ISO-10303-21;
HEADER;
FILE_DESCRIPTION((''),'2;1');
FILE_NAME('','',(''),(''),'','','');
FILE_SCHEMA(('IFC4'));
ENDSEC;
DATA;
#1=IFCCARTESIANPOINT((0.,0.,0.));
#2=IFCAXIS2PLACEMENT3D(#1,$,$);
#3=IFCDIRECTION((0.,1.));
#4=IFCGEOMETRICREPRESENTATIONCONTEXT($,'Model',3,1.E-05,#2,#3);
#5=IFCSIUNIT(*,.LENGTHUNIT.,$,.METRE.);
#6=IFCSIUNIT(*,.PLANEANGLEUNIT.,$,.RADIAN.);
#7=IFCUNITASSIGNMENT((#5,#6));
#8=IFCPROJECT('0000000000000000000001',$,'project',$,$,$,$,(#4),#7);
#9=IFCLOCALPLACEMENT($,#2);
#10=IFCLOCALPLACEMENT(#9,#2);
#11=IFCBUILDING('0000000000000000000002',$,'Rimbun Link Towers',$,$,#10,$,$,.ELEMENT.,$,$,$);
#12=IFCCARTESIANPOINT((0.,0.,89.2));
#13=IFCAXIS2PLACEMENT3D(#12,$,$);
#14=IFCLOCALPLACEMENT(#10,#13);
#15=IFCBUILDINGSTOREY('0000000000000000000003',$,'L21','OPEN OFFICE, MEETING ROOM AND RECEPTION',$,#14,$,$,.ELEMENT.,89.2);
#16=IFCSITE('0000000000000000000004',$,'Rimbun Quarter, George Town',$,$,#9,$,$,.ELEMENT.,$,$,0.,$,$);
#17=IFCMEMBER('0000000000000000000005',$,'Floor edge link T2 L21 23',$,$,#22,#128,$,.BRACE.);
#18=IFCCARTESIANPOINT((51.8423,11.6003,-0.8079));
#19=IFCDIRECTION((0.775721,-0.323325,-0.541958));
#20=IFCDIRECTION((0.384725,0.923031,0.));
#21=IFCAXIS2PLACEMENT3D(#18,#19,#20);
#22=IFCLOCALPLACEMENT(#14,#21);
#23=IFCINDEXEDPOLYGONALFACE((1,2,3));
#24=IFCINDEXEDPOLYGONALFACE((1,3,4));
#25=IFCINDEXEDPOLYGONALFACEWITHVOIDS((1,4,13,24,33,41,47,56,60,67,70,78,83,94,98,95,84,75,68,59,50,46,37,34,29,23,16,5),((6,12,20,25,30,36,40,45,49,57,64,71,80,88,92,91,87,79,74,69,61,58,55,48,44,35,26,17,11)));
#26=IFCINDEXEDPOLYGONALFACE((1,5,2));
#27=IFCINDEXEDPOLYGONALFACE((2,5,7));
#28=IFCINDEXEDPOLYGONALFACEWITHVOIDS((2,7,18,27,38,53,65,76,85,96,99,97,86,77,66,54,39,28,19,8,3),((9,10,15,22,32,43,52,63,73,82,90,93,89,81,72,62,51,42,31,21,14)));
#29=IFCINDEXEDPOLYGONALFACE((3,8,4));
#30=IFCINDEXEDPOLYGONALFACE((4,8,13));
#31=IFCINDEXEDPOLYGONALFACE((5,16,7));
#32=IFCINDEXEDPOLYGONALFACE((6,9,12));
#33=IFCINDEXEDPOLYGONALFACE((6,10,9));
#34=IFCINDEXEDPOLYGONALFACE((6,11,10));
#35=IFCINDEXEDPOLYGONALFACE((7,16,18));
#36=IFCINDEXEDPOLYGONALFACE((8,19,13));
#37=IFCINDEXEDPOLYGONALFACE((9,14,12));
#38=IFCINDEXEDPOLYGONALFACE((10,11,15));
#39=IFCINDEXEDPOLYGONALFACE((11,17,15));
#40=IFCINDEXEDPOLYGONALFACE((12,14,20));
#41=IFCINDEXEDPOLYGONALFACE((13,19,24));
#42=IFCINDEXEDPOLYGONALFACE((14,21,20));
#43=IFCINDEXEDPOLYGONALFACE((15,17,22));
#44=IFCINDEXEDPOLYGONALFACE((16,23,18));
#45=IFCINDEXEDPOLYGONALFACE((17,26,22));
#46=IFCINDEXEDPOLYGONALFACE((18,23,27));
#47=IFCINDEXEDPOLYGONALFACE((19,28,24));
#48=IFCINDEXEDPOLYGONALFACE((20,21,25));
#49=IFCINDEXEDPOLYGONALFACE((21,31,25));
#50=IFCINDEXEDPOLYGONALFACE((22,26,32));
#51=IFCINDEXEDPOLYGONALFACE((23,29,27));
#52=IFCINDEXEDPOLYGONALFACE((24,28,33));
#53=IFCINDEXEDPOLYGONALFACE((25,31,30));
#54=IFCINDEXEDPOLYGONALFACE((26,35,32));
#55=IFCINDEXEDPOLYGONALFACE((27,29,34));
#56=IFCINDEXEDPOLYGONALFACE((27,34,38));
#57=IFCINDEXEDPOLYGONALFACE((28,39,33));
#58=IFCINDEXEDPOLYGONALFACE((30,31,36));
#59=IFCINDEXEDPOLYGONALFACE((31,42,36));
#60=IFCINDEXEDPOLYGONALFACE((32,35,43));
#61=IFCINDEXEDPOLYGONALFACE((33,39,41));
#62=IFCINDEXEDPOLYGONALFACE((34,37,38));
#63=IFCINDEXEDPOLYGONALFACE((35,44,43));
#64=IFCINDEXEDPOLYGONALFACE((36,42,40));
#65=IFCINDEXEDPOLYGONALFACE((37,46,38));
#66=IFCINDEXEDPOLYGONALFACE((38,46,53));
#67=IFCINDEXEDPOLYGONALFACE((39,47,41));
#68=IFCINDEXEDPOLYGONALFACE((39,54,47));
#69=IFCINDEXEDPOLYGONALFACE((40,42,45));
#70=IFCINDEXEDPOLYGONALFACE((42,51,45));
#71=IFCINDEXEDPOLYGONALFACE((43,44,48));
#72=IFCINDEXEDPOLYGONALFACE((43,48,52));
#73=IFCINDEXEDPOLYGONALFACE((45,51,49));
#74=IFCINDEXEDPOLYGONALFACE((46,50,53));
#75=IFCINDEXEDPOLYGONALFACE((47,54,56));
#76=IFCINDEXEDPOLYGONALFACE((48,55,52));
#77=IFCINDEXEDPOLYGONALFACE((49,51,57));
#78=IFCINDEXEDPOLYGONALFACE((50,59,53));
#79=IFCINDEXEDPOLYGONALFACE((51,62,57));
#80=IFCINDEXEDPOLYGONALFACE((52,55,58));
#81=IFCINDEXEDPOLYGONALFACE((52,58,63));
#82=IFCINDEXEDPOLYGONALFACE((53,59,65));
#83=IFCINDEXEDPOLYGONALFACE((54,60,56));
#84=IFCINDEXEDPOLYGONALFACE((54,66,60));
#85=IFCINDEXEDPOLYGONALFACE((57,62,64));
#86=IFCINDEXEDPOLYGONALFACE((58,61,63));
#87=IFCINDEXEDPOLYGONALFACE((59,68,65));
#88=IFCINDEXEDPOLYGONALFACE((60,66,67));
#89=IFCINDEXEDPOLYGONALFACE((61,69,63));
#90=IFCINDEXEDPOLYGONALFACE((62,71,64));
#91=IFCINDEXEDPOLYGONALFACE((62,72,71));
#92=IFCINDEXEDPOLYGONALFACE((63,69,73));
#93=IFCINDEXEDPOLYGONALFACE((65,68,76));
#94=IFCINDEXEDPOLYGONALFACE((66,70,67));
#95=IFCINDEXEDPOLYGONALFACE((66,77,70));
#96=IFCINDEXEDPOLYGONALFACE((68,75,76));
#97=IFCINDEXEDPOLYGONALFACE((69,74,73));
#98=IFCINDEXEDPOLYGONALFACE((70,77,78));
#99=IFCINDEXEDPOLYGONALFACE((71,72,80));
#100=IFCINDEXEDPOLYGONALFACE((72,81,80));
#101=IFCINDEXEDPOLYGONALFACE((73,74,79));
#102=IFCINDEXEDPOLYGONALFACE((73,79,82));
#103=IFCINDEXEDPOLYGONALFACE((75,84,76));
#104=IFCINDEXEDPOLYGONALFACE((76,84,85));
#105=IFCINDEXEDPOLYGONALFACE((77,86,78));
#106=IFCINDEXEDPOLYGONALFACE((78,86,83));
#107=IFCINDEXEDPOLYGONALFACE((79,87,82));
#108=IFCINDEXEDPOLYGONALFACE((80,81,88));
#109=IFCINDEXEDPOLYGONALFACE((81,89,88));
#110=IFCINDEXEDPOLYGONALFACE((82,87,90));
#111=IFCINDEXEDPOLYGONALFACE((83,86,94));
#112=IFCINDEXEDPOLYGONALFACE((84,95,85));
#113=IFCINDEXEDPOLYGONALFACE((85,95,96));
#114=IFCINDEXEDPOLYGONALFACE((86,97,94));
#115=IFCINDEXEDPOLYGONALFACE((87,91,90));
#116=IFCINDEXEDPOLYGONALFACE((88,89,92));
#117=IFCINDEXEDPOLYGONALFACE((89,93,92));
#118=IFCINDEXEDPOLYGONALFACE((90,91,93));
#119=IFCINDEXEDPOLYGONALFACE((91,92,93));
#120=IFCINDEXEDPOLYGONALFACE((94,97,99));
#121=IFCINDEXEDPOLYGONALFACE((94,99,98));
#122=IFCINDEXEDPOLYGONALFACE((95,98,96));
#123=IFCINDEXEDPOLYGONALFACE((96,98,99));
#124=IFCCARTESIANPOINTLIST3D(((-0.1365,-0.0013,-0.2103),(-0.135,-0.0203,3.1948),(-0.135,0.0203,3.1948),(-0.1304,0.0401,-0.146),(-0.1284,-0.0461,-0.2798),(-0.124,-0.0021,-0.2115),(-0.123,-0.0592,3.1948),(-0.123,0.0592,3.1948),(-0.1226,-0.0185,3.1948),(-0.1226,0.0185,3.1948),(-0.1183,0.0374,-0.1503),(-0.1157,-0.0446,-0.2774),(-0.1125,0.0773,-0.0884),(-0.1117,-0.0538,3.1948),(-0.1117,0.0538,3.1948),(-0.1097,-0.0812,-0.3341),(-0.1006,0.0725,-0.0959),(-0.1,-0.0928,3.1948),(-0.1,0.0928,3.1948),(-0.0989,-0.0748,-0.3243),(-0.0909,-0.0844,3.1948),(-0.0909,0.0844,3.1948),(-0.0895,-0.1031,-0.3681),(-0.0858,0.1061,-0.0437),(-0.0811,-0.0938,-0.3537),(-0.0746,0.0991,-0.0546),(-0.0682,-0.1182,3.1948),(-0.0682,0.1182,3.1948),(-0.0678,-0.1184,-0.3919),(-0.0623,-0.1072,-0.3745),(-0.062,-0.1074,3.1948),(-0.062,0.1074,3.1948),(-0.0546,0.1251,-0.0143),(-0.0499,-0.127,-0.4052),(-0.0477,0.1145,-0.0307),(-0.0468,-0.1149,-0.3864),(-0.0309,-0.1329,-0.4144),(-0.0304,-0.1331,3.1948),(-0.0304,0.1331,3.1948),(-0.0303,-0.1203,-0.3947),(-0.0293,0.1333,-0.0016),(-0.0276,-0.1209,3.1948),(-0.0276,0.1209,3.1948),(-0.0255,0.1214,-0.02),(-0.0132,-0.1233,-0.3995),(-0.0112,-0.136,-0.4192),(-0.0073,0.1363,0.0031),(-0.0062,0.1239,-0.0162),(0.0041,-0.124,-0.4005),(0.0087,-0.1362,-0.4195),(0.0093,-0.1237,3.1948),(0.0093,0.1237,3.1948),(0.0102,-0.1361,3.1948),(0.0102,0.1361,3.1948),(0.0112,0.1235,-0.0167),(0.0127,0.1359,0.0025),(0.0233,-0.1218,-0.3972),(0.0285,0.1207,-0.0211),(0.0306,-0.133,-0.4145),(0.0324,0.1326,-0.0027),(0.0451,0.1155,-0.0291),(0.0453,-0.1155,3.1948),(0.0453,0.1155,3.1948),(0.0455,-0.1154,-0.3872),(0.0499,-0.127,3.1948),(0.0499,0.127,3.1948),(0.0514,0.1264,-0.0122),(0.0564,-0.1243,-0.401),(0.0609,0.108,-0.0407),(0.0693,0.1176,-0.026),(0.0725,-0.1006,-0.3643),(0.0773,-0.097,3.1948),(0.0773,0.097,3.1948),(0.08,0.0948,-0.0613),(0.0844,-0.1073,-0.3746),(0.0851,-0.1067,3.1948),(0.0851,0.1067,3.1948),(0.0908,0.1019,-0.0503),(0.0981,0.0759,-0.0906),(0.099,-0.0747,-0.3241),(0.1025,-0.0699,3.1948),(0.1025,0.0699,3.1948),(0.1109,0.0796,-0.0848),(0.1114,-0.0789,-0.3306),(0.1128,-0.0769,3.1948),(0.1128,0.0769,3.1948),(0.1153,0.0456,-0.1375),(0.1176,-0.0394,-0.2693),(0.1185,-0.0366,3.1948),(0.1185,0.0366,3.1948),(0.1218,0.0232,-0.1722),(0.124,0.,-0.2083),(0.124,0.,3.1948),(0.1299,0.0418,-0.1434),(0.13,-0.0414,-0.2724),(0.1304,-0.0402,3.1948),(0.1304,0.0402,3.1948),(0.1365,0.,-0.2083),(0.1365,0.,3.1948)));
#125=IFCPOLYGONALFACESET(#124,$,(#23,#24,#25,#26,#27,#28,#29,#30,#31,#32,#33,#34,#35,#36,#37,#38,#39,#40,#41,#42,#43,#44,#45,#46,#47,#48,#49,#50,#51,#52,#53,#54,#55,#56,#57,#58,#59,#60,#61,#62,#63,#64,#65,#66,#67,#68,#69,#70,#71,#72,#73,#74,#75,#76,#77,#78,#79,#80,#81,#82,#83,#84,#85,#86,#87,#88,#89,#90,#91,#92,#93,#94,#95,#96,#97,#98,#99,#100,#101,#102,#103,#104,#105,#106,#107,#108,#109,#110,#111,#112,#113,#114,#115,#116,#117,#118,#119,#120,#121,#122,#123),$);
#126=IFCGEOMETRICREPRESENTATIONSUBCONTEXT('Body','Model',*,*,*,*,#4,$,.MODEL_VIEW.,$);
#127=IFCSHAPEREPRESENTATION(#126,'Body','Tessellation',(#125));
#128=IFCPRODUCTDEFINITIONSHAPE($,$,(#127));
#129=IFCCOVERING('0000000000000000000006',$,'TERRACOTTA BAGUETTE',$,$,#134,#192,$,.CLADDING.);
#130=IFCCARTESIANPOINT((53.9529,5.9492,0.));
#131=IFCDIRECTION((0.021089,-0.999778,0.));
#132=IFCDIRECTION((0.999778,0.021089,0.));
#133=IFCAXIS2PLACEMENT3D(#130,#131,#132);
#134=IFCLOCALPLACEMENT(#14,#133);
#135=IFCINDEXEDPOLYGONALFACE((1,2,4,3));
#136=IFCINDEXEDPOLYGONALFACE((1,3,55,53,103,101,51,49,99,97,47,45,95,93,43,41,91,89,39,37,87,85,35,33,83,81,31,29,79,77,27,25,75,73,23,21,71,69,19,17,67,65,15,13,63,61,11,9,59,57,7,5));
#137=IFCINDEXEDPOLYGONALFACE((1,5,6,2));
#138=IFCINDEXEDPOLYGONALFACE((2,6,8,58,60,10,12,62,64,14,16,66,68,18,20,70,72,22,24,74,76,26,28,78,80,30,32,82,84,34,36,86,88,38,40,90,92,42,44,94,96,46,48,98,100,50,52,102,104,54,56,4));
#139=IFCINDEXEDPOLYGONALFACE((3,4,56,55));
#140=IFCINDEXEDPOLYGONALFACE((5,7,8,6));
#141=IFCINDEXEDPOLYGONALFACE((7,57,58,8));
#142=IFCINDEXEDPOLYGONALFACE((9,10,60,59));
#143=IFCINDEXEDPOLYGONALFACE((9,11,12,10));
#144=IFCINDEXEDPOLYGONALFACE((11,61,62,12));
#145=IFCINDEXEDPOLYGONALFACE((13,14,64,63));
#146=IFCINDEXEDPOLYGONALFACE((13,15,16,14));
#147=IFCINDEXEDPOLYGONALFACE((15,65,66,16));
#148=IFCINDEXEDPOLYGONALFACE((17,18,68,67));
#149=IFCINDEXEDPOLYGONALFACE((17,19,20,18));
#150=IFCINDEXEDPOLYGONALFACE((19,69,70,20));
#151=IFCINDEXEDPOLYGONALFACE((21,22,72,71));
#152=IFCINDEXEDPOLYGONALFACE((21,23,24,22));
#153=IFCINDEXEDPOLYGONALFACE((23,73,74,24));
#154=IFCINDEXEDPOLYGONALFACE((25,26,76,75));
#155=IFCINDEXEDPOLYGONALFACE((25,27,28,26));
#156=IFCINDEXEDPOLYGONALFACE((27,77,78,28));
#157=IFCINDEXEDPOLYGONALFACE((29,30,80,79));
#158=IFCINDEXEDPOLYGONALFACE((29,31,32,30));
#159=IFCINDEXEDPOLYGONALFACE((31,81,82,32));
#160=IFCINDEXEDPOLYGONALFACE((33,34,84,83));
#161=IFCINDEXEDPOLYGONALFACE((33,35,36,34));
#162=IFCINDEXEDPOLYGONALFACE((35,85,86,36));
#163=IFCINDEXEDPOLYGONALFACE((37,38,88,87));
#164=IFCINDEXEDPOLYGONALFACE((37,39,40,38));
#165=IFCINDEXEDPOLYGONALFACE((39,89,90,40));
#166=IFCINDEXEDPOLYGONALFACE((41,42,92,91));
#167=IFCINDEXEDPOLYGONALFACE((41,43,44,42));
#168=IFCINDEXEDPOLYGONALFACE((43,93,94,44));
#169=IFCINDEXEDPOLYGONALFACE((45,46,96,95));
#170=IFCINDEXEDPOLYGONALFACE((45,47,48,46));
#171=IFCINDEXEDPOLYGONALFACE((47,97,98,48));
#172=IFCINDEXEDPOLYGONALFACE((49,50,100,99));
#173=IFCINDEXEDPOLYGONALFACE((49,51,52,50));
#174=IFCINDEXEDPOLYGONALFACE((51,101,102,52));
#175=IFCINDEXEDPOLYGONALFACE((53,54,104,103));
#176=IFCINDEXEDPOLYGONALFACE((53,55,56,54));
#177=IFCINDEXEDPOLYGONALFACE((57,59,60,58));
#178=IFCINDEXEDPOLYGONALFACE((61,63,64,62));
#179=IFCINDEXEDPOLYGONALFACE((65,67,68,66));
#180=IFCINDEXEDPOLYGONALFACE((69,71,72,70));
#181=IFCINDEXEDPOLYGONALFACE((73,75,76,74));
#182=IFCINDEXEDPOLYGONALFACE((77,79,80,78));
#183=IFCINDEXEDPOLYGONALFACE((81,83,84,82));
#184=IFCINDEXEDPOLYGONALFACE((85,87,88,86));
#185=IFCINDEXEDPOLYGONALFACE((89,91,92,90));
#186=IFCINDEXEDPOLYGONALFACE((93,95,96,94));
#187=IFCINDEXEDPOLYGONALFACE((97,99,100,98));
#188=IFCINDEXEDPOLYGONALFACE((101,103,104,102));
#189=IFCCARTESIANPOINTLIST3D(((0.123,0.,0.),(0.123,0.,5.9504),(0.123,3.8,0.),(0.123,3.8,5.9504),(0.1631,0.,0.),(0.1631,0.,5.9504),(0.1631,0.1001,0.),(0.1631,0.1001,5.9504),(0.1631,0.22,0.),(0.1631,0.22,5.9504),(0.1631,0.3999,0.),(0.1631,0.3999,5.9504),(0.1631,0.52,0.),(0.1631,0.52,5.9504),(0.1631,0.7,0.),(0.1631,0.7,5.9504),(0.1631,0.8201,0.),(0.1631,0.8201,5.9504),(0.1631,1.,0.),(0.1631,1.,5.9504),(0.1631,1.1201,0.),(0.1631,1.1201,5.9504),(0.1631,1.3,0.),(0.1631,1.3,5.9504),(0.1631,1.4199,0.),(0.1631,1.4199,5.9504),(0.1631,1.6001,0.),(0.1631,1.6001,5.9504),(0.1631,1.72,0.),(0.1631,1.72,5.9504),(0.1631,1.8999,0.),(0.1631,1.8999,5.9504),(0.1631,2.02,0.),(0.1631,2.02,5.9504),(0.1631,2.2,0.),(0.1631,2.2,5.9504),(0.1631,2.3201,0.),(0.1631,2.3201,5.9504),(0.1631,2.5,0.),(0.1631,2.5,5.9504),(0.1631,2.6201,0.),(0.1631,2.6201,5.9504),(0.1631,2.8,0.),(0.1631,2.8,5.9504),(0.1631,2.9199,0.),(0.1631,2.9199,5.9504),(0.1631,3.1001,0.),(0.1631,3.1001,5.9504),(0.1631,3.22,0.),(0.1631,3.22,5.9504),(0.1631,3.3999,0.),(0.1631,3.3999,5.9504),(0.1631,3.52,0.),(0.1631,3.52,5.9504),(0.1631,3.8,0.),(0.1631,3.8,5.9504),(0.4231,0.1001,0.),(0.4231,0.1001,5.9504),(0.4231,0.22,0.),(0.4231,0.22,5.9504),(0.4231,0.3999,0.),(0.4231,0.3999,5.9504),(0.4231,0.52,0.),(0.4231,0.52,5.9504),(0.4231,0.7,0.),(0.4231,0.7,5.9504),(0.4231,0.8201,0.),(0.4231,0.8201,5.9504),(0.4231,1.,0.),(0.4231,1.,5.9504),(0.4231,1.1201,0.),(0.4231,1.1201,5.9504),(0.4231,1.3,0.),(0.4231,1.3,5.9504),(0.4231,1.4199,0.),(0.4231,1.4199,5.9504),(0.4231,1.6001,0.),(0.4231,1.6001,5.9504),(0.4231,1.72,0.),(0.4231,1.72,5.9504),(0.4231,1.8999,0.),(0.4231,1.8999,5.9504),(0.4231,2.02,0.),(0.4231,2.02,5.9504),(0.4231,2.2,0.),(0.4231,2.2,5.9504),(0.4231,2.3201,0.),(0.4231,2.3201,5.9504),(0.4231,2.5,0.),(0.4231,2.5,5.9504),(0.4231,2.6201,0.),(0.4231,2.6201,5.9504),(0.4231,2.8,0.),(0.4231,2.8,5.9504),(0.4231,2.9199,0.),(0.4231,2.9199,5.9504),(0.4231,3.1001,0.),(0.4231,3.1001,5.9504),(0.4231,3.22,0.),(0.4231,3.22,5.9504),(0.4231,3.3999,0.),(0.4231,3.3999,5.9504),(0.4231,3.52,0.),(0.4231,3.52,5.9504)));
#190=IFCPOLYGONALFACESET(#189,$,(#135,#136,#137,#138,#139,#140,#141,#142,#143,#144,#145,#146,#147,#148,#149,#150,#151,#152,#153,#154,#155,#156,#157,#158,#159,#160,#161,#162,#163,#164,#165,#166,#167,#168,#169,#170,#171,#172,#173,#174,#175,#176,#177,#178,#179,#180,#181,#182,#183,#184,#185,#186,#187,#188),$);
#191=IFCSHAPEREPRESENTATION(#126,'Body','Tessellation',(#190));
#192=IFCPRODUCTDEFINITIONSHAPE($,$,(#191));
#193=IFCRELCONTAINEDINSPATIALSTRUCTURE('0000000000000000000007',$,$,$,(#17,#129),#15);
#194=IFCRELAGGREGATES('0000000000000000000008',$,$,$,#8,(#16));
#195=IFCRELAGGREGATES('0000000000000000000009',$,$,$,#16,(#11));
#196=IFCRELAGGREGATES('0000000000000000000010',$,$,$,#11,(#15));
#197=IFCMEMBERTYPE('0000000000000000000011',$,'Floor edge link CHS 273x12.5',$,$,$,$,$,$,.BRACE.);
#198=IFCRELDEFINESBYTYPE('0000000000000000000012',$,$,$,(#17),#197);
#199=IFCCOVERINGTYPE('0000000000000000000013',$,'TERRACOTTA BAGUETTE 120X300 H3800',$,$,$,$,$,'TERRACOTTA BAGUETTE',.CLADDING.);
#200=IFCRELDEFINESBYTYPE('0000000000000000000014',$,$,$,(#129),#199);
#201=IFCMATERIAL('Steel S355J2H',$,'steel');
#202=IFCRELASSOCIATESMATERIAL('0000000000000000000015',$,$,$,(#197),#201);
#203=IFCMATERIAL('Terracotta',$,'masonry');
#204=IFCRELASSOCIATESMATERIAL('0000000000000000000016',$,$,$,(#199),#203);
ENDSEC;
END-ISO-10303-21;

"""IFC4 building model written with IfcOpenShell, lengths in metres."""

from ifc_helpers import new_model, si_unit, direction, frame, origin, origin_2d, place, context, subcontext, project, spatial, polyline, hollow_circle, outline, extrude, clip, halfspace, material, material_profile, profile_set, type_object, element, save


model = new_model("IFC4")

# Units and contexts
model_context = context("Model", 3, precision=1e-05, world=origin(), true_north=direction((0.0, 1.0)))
body_context = subcontext(model_context, "Body", "Model", "MODEL_VIEW")
ifc_project = project(units=[si_unit("LENGTHUNIT", "METRE"), si_unit("PLANEANGLEUNIT", "RADIAN")], contexts=[model_context])

# Site, building, storey
site_placement = place(None, origin())
site = spatial("IfcSite", under=ifc_project, at=site_placement, Name="Rimbun Quarter, George Town", CompositionType="ELEMENT", RefElevation=0.0)
building_placement = place(site_placement, origin())
building = spatial("IfcBuilding", under=site, at=building_placement, Name="Rimbun Link Towers", CompositionType="ELEMENT")
storey_placement = place(building_placement, frame((0.0, 0.0, 89.2)))
storey = spatial("IfcBuildingStorey", under=building, at=storey_placement, Name="L21", Description="OPEN OFFICE, MEETING ROOM AND RECEPTION", CompositionType="ELEMENT", Elevation=89.2)

# Member
ifc_material_1 = material(Name="Steel S355J2H", Category="steel")
ifc_material_profile_1 = material_profile(ifc_material_1, hollow_circle(Radius=0.1365, WallThickness=0.0125, at=origin_2d()), Name="CHS 273x12.5")
ifc_profile_set_1 = profile_set([ifc_material_profile_1], Name="Steel S355J2H")
member_type_1 = type_object("IfcMemberType", Name="Floor edge link CHS 273x12.5", PredefinedType="BRACE", material=ifc_profile_set_1)
member_1_placement = place(storey_placement, frame((51.8423, 11.6003, -0.8079), z_axis=(0.775721, -0.323325, -0.541958), x_axis=(0.384725, 0.923031, 0.0)))
element("IfcMember", 1, at=member_1_placement, inside=storey, type_object=member_type_1, Name="Floor edge link T2 L21 23", PredefinedType="BRACE", context=body_context, shape_type="Clipping", body=[
    clip(extrude(hollow_circle(Radius=0.1365, WallThickness=0.0125, at=origin_2d()), frame((0.0, 0.0, -0.4419)), (0.0, 0.0, 1.0), 3.6367), halfspace(frame((0.0, 0.0, -0.2083), z_axis=(0.0, 0.840406, -0.541958)), False)),
])

# Covering
ifc_material_2 = material(Name="Terracotta", Category="masonry")
ifc_material_profile_2 = material_profile(ifc_material_2, outline(polyline([(0.123, 0.0), (0.1631, 0.0), (0.1631, 0.1001), (0.4231, 0.1001), (0.4231, 0.22), (0.1631, 0.22), (0.1631, 0.3999), (0.4231, 0.3999), (0.4231, 0.52), (0.1631, 0.52), (0.1631, 0.7), (0.4231, 0.7), (0.4231, 0.8201), (0.1631, 0.8201), (0.1631, 1.0), (0.4231, 1.0), (0.4231, 1.1201), (0.1631, 1.1201), (0.1631, 1.3), (0.4231, 1.3), (0.4231, 1.4199), (0.1631, 1.4199), (0.1631, 1.6001), (0.4231, 1.6001), (0.4231, 1.72), (0.1631, 1.72), (0.1631, 1.8999), (0.4231, 1.8999), (0.4231, 2.02), (0.1631, 2.02), (0.1631, 2.2), (0.4231, 2.2), (0.4231, 2.3201), (0.1631, 2.3201), (0.1631, 2.5), (0.4231, 2.5), (0.4231, 2.6201), (0.1631, 2.6201), (0.1631, 2.8), (0.4231, 2.8), (0.4231, 2.9199), (0.1631, 2.9199), (0.1631, 3.1001), (0.4231, 3.1001), (0.4231, 3.22), (0.1631, 3.22), (0.1631, 3.3999), (0.4231, 3.3999), (0.4231, 3.52), (0.1631, 3.52), (0.1631, 3.8), (0.123, 3.8), (0.123, 0.0)])), Name="BAGUETTE 120X300")
ifc_profile_set_2 = profile_set([ifc_material_profile_2], Name="Terracotta")
covering_type = type_object("IfcCoveringType", Name="TERRACOTTA BAGUETTE 120X300 H3800", ElementType="TERRACOTTA BAGUETTE", PredefinedType="CLADDING", material=ifc_profile_set_2)
covering_placement = place(storey_placement, frame((53.9529, 5.9492, 0.0), z_axis=(0.021089, -0.999778, 0.0), x_axis=(0.999778, 0.021089, 0.0)))
element("IfcCovering", 2, at=covering_placement, inside=storey, type_object=covering_type, Name="TERRACOTTA BAGUETTE", PredefinedType="CLADDING", context=body_context, shape_type="SweptSolid", body=[
    extrude(outline(polyline([(0.123, 0.0), (0.1631, 0.0), (0.1631, 0.1001), (0.4231, 0.1001), (0.4231, 0.22), (0.1631, 0.22), (0.1631, 0.3999), (0.4231, 0.3999), (0.4231, 0.52), (0.1631, 0.52), (0.1631, 0.7), (0.4231, 0.7), (0.4231, 0.8201), (0.1631, 0.8201), (0.1631, 1.0), (0.4231, 1.0), (0.4231, 1.1201), (0.1631, 1.1201), (0.1631, 1.3), (0.4231, 1.3), (0.4231, 1.4199), (0.1631, 1.4199), (0.1631, 1.6001), (0.4231, 1.6001), (0.4231, 1.72), (0.1631, 1.72), (0.1631, 1.8999), (0.4231, 1.8999), (0.4231, 2.02), (0.1631, 2.02), (0.1631, 2.2), (0.4231, 2.2), (0.4231, 2.3201), (0.1631, 2.3201), (0.1631, 2.5), (0.4231, 2.5), (0.4231, 2.6201), (0.1631, 2.6201), (0.1631, 2.8), (0.4231, 2.8), (0.4231, 2.9199), (0.1631, 2.9199), (0.1631, 3.1001), (0.4231, 3.1001), (0.4231, 3.22), (0.1631, 3.22), (0.1631, 3.3999), (0.4231, 3.3999), (0.4231, 3.52), (0.1631, 3.52), (0.1631, 3.8), (0.123, 3.8), (0.123, 0.0)])), origin(), (0.0, 0.0, 1.0), 5.9504),
])

save(model, "model.ifc")
